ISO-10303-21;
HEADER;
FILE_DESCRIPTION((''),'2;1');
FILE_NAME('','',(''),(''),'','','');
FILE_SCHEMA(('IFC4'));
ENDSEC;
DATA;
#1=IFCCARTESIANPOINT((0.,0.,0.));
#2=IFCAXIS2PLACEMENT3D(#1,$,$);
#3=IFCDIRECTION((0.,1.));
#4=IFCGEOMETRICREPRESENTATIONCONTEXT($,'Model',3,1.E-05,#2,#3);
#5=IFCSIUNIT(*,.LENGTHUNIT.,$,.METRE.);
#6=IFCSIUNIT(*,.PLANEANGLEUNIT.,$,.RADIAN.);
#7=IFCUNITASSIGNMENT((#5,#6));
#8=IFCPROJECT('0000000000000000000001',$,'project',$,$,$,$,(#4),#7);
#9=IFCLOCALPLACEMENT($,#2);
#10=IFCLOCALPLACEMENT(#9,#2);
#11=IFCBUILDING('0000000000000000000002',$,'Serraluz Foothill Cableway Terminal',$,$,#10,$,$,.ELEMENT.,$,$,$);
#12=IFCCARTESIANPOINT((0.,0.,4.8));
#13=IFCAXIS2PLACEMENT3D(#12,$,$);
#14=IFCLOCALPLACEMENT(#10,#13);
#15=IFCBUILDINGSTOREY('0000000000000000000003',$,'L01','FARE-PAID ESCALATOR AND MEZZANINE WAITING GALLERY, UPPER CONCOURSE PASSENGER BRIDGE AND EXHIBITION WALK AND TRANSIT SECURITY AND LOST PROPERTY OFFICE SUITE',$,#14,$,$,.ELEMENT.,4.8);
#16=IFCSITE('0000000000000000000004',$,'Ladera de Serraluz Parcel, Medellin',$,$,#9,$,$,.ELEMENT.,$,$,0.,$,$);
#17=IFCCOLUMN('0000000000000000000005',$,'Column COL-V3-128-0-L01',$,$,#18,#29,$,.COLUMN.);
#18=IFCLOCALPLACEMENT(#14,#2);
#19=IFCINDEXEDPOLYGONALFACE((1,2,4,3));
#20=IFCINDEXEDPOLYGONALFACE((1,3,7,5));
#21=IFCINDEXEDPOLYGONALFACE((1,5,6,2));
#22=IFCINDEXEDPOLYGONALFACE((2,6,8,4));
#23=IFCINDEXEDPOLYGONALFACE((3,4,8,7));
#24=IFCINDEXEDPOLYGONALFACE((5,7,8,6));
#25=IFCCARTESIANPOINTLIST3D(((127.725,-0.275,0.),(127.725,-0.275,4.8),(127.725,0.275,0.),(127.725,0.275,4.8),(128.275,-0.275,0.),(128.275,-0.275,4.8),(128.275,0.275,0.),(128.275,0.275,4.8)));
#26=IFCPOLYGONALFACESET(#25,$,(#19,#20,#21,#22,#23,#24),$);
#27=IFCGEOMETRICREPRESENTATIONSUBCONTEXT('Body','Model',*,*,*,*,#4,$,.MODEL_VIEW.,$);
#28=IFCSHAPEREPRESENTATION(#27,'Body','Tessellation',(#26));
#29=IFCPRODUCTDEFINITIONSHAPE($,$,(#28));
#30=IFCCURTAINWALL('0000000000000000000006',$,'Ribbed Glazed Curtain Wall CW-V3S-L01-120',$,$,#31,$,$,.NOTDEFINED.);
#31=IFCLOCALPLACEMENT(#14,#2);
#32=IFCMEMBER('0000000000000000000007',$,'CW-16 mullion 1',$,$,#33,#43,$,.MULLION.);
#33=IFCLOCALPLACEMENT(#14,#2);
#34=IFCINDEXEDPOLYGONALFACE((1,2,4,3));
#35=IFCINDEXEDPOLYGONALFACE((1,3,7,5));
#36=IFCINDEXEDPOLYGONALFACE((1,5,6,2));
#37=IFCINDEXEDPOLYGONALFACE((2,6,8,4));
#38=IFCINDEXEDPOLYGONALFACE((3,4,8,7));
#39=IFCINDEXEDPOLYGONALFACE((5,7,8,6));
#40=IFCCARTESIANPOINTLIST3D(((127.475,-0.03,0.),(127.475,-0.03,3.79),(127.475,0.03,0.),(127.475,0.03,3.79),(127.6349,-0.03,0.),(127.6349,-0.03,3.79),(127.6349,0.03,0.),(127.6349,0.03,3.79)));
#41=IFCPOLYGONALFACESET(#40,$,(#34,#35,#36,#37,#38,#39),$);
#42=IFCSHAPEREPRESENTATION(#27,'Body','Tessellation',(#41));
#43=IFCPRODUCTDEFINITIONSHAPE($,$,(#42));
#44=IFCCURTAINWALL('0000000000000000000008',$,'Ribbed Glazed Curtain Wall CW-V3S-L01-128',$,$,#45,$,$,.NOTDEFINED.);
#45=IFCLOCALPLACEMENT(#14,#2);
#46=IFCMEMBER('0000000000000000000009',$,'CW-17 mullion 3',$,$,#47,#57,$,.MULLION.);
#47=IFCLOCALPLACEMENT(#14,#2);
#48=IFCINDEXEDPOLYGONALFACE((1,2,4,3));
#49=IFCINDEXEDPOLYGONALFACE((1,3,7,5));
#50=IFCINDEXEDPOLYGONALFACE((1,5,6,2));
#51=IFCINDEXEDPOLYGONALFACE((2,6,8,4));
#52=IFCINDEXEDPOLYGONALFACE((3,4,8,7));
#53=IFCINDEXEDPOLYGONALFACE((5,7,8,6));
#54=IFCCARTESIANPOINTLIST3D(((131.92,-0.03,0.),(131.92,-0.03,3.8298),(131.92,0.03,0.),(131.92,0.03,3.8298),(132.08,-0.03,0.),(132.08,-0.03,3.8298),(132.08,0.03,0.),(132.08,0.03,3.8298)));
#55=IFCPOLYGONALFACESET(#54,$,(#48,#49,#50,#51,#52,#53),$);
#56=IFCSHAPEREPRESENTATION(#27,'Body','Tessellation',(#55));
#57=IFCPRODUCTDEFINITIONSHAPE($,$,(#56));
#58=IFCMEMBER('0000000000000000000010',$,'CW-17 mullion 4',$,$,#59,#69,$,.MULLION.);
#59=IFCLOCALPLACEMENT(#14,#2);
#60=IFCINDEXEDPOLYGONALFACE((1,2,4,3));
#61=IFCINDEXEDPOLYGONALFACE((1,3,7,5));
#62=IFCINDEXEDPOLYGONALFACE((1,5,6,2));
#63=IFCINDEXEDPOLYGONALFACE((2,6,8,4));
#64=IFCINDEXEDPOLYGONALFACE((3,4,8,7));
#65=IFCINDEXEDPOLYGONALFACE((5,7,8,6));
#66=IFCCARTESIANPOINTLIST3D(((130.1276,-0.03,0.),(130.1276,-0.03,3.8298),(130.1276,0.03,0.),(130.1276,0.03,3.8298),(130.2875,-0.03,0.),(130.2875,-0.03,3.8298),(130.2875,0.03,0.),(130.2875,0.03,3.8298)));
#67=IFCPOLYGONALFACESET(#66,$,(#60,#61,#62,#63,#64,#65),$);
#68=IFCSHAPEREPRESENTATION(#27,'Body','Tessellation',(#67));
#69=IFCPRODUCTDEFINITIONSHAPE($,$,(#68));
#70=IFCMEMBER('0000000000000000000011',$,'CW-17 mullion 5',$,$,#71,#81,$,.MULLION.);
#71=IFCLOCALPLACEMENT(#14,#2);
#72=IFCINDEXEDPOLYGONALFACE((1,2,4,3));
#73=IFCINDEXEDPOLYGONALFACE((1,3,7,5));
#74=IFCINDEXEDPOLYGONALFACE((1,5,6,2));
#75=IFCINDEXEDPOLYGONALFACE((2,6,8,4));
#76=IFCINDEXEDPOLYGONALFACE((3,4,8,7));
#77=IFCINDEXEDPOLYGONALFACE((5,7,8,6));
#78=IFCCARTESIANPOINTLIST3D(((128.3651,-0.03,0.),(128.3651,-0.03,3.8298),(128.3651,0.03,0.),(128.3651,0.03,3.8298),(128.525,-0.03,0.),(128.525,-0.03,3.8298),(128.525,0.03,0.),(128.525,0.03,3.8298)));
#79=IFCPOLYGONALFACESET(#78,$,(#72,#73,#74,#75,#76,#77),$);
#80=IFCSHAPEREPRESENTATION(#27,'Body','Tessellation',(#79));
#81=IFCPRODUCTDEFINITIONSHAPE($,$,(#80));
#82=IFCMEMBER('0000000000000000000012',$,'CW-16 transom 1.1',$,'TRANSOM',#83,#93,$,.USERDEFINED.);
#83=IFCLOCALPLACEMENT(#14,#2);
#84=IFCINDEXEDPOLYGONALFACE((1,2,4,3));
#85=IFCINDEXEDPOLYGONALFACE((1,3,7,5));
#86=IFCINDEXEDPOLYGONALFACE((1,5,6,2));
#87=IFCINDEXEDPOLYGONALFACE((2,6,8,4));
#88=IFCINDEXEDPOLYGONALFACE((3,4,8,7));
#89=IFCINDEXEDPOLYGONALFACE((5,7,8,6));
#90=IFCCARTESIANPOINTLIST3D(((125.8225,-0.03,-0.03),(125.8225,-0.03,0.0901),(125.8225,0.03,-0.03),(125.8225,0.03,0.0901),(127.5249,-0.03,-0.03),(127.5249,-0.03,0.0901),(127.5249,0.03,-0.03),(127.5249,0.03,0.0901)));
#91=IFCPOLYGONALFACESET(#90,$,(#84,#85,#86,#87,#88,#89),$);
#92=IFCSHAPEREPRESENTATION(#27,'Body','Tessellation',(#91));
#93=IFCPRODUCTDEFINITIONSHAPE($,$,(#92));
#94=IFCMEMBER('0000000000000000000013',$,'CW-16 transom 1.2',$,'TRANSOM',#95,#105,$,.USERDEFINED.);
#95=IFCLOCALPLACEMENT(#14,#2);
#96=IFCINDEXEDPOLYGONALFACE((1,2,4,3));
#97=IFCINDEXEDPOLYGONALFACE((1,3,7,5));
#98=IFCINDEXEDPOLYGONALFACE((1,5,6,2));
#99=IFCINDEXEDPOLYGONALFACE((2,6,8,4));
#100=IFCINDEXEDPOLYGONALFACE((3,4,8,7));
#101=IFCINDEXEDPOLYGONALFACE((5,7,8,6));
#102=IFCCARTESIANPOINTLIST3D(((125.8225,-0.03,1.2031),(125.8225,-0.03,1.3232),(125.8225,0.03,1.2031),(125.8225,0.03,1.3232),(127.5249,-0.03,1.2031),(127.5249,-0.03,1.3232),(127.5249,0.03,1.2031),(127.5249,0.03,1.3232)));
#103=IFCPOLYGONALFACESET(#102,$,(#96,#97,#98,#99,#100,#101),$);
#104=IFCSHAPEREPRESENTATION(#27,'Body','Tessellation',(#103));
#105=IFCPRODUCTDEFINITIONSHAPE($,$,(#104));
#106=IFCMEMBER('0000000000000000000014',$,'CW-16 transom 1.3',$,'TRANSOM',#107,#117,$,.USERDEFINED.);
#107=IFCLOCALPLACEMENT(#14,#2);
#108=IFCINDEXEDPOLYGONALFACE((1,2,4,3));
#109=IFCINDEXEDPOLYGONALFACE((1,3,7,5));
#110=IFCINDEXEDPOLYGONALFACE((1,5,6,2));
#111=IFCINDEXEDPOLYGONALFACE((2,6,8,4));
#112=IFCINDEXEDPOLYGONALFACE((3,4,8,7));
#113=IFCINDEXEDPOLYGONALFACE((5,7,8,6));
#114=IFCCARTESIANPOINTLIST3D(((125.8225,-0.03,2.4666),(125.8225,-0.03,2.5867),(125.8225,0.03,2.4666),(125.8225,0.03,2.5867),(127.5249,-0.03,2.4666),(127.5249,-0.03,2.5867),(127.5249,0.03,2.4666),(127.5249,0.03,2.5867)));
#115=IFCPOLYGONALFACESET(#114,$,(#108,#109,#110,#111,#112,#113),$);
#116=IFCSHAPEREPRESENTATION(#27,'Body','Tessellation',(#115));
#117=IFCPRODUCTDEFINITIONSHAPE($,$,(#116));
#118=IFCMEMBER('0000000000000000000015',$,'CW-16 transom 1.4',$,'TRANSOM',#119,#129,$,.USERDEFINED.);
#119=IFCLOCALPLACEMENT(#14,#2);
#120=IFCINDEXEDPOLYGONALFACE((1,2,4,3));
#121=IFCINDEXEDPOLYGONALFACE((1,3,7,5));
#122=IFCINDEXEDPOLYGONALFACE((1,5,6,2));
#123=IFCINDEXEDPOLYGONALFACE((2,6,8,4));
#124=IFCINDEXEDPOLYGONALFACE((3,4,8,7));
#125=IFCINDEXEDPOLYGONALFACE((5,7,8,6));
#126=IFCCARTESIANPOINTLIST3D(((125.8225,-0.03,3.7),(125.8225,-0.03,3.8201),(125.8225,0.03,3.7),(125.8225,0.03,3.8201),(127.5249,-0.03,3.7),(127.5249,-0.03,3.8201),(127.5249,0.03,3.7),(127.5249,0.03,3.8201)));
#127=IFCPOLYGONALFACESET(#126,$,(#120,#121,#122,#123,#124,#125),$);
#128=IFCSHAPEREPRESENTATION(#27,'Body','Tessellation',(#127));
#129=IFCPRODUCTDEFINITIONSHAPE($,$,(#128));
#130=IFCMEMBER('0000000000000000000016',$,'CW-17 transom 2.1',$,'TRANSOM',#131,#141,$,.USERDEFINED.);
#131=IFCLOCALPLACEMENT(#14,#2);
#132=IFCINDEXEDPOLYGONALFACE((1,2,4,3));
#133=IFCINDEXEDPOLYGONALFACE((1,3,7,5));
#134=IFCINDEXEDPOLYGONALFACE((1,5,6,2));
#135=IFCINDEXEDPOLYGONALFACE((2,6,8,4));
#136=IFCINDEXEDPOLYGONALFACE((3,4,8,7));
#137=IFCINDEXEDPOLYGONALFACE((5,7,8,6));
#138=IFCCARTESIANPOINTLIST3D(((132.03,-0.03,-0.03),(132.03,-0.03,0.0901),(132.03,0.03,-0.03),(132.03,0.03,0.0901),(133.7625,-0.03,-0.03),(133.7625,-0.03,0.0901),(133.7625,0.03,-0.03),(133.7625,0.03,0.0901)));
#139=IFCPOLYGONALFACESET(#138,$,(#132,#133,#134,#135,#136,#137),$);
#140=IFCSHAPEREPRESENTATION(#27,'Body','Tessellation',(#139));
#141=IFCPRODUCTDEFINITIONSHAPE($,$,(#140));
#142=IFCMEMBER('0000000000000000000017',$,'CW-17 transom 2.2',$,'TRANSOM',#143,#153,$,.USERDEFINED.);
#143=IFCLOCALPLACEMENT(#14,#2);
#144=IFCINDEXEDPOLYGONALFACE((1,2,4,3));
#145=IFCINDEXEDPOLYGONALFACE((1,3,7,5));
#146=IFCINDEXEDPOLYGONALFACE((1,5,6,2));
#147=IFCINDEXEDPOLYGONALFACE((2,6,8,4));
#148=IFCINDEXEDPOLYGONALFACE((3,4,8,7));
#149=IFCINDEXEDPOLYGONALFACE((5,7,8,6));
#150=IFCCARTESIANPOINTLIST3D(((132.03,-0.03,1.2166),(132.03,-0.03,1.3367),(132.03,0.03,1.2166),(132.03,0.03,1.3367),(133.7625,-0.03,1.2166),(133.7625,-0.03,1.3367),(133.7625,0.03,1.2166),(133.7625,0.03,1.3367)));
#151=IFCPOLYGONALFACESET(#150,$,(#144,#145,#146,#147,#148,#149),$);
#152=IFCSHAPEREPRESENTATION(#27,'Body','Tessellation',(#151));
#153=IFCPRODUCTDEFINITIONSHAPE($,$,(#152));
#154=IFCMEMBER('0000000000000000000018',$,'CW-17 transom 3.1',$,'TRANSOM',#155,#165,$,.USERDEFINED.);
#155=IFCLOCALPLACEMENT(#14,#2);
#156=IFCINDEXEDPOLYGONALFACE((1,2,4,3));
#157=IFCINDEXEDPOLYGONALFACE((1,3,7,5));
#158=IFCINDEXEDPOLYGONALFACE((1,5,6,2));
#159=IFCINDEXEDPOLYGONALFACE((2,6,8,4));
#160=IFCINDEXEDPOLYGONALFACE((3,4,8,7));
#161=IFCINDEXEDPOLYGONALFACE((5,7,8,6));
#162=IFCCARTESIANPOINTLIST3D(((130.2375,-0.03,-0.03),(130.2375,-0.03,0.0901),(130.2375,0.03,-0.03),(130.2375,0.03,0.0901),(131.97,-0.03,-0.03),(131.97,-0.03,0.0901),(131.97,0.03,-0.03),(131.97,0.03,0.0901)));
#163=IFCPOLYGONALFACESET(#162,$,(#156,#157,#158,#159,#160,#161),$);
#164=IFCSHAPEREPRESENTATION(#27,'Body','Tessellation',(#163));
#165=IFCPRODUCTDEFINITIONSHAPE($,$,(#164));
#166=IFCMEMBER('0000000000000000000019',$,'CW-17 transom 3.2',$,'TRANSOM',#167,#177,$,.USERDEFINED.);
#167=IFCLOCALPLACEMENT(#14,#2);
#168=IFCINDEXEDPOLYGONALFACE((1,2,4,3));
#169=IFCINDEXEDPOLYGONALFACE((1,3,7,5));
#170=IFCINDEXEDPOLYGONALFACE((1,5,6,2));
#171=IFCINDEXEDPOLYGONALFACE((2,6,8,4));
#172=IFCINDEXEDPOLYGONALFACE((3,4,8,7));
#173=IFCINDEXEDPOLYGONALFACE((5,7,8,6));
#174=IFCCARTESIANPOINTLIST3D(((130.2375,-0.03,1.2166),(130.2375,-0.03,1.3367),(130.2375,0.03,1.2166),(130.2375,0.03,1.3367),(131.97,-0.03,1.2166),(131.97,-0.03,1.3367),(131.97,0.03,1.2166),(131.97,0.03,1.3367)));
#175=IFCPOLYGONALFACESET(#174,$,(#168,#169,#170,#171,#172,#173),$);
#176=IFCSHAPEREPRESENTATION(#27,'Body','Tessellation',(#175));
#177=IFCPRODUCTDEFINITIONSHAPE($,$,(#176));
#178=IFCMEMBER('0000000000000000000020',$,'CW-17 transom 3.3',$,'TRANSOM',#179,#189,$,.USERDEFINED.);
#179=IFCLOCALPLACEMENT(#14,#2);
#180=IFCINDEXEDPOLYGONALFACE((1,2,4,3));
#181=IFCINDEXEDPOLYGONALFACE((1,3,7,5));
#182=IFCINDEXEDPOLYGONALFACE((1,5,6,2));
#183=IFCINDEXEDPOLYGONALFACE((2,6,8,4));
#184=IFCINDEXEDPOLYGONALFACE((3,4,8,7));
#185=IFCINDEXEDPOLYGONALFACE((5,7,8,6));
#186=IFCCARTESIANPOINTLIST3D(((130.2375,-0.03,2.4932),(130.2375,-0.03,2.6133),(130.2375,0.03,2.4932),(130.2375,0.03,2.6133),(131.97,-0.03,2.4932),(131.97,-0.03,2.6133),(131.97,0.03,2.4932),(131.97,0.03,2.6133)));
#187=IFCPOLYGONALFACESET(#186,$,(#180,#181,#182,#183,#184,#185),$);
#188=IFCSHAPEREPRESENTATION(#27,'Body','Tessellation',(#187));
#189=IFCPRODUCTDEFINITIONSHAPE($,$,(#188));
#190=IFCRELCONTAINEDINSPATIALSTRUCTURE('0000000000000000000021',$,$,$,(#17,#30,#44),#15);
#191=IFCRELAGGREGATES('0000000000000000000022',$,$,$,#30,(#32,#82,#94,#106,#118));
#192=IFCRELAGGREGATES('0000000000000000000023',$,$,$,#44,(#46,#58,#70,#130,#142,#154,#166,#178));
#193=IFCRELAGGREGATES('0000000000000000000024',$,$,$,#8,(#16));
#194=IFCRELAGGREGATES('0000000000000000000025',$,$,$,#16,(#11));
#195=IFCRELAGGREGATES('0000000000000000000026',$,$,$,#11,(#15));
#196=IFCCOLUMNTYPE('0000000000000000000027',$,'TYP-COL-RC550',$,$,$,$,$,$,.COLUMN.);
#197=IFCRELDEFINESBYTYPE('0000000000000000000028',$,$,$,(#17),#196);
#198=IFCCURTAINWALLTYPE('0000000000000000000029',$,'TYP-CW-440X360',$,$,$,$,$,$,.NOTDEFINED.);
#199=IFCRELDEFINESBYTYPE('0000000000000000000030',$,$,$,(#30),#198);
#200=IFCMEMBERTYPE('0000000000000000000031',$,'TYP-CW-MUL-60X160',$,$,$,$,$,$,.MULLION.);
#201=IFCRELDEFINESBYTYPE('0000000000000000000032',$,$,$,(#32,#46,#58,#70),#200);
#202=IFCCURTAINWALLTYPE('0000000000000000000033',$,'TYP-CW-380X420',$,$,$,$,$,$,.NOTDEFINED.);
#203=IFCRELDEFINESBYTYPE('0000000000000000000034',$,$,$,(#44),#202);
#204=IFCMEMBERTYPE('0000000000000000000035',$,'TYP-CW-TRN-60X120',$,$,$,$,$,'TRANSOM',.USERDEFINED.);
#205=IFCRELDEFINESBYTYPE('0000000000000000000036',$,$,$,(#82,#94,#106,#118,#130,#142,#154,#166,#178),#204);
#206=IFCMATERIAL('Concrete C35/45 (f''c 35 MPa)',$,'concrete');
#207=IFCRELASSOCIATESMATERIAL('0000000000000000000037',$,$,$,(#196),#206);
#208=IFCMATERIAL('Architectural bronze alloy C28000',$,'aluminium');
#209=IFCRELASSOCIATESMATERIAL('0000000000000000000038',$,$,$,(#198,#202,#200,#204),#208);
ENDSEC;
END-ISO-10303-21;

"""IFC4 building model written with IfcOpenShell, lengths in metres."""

from ifc_helpers import new_model, si_unit, direction, frame, origin, origin_2d, place, context, subcontext, project, spatial, rectangle, extrude, material, material_profile, profile_set, type_object, element, aggregate, save


model = new_model("IFC4")

# Units and contexts
model_context = context("Model", 3, precision=1e-05, world=origin(), true_north=direction((0.0, 1.0)))
body_context = subcontext(model_context, "Body", "Model", "MODEL_VIEW")
ifc_project = project(units=[si_unit("LENGTHUNIT", "METRE"), si_unit("PLANEANGLEUNIT", "RADIAN")], contexts=[model_context])

# Site, building, storey
site_placement = place(None, origin())
site = spatial("IfcSite", under=ifc_project, at=site_placement, Name="Ladera de Serraluz Parcel, Medellin", CompositionType="ELEMENT", RefElevation=0.0)
building_placement = place(site_placement, origin())
building = spatial("IfcBuilding", under=site, at=building_placement, Name="Serraluz Foothill Cableway Terminal", CompositionType="ELEMENT")
storey_placement = place(building_placement, frame((0.0, 0.0, 4.8)))
storey = spatial("IfcBuildingStorey", under=building, at=storey_placement, Name="L01", Description="FARE-PAID ESCALATOR AND MEZZANINE WAITING GALLERY, UPPER CONCOURSE PASSENGER BRIDGE AND EXHIBITION WALK AND TRANSIT SECURITY AND LOST PROPERTY OFFICE SUITE", CompositionType="ELEMENT", Elevation=4.8)

# Column
ifc_material_1 = material(Name="Concrete C35/45 (f'c 35 MPa)", Category="concrete")
ifc_material_profile_1 = material_profile(ifc_material_1, rectangle(XDim=0.55, YDim=0.55, at=origin_2d()), Name="RC 550x550")
ifc_profile_set_1 = profile_set([ifc_material_profile_1], Name="Concrete C35/45 (f'c 35 MPa)")
column_type = type_object("IfcColumnType", Name="TYP-COL-RC550", PredefinedType="COLUMN", material=ifc_profile_set_1)
column_placement = place(storey_placement, frame((128.0, 0.0, 0.0), z_axis=(0.0, 0.0, 1.0), x_axis=(1.0, 0.0, 0.0)))
element("IfcColumn", 1, at=column_placement, inside=storey, type_object=column_type, Name="Column COL-V3-128-0-L01", PredefinedType="COLUMN", context=body_context, shape_type="SweptSolid", body=[
    extrude(rectangle(XDim=0.55, YDim=0.55, at=origin_2d()), origin(), (0.0, 0.0, 1.0), 4.8),
])

# Curtain wall, member
ifc_material_2 = material(Name="Architectural bronze alloy C28000", Category="aluminium")
curtain_wall_type_1 = type_object("IfcCurtainWallType", Name="TYP-CW-440X360", PredefinedType="NOTDEFINED", material=ifc_material_2)
curtain_wall_1_placement = place(storey_placement, origin())
curtain_wall_1 = element("IfcCurtainWall", 2, at=curtain_wall_1_placement, inside=storey, type_object=curtain_wall_type_1, Name="Ribbed Glazed Curtain Wall CW-V3S-L01-120", PredefinedType="NOTDEFINED")
ifc_material_profile_2 = material_profile(ifc_material_2, rectangle(XDim=0.0601, YDim=0.1599, at=origin_2d()), Name="ALU MULLION 60x160")
ifc_profile_set_2 = profile_set([ifc_material_profile_2], Name="Architectural bronze alloy C28000")
member_type_1 = type_object("IfcMemberType", Name="TYP-CW-MUL-60X160", PredefinedType="MULLION", material=ifc_profile_set_2)
member_1_placement = place(storey_placement, frame((127.5549, 0.0, 0.0), z_axis=(0.0, 0.0, 1.0), x_axis=(0.0, -1.0, 0.0)))
member_1 = element("IfcMember", 3, at=member_1_placement, type_object=member_type_1, Name="CW-16 mullion 1", PredefinedType="MULLION", context=body_context, shape_type="SweptSolid", body=[
    extrude(rectangle(XDim=0.0601, YDim=0.1599, at=origin_2d()), origin(), (0.0, 0.0, 1.0), 3.79),
])

# Curtain wall, members
curtain_wall_type_2 = type_object("IfcCurtainWallType", Name="TYP-CW-380X420", PredefinedType="NOTDEFINED", material=ifc_material_2)
curtain_wall_2_placement = place(storey_placement, origin())
curtain_wall_2 = element("IfcCurtainWall", 4, at=curtain_wall_2_placement, inside=storey, type_object=curtain_wall_type_2, Name="Ribbed Glazed Curtain Wall CW-V3S-L01-128", PredefinedType="NOTDEFINED")
member_2_placement = place(storey_placement, frame((132.0, 0.0, 0.0), z_axis=(0.0, 0.0, 1.0), x_axis=(0.0, -1.0, 0.0)))
member_2 = element("IfcMember", 5, at=member_2_placement, type_object=member_type_1, Name="CW-17 mullion 3", PredefinedType="MULLION", context=body_context, shape_type="SweptSolid", body=[
    extrude(rectangle(XDim=0.0601, YDim=0.1599, at=origin_2d()), origin(), (0.0, 0.0, 1.0), 3.8298),
])
member_3_placement = place(storey_placement, frame((130.2075, 0.0, 0.0), z_axis=(0.0, 0.0, 1.0), x_axis=(0.0, -1.0, 0.0)))
member_3 = element("IfcMember", 6, at=member_3_placement, type_object=member_type_1, Name="CW-17 mullion 4", PredefinedType="MULLION", context=body_context, shape_type="SweptSolid", body=[
    extrude(rectangle(XDim=0.0601, YDim=0.1599, at=origin_2d()), origin(), (0.0, 0.0, 1.0), 3.8298),
])
member_4_placement = place(storey_placement, frame((128.4451, 0.0, 0.0), z_axis=(0.0, 0.0, 1.0), x_axis=(0.0, -1.0, 0.0)))
member_4 = element("IfcMember", 7, at=member_4_placement, type_object=member_type_1, Name="CW-17 mullion 5", PredefinedType="MULLION", context=body_context, shape_type="SweptSolid", body=[
    extrude(rectangle(XDim=0.0601, YDim=0.1599, at=origin_2d()), origin(), (0.0, 0.0, 1.0), 3.8298),
])

# Members
ifc_material_profile_3 = material_profile(ifc_material_2, rectangle(XDim=0.0601, YDim=0.1201, at=origin_2d()), Name="ALU TRANSOM 60x120")
ifc_profile_set_3 = profile_set([ifc_material_profile_3], Name="Architectural bronze alloy C28000")
member_type_2 = type_object("IfcMemberType", Name="TYP-CW-TRN-60X120", ElementType="TRANSOM", PredefinedType="USERDEFINED", material=ifc_profile_set_3)
member_5_placement = place(storey_placement, frame((127.5249, 0.0, 0.03), z_axis=(-1.0, 0.0, 0.0), x_axis=(0.0, -1.0, 0.0)))
member_5 = element("IfcMember", 8, at=member_5_placement, type_object=member_type_2, Name="CW-16 transom 1.1", ObjectType="TRANSOM", PredefinedType="USERDEFINED", context=body_context, shape_type="SweptSolid", body=[
    extrude(rectangle(XDim=0.0601, YDim=0.1201, at=origin_2d()), origin(), (0.0, 0.0, 1.0), 1.7024),
])
member_6_placement = place(storey_placement, frame((127.5249, 0.0, 1.2632), z_axis=(-1.0, 0.0, 0.0), x_axis=(0.0, -1.0, 0.0)))
member_6 = element("IfcMember", 9, at=member_6_placement, type_object=member_type_2, Name="CW-16 transom 1.2", ObjectType="TRANSOM", PredefinedType="USERDEFINED", context=body_context, shape_type="SweptSolid", body=[
    extrude(rectangle(XDim=0.0601, YDim=0.1201, at=origin_2d()), origin(), (0.0, 0.0, 1.0), 1.7024),
])
member_7_placement = place(storey_placement, frame((127.5249, 0.0, 2.5266), z_axis=(-1.0, 0.0, 0.0), x_axis=(0.0, -1.0, 0.0)))
member_7 = element("IfcMember", 10, at=member_7_placement, type_object=member_type_2, Name="CW-16 transom 1.3", ObjectType="TRANSOM", PredefinedType="USERDEFINED", context=body_context, shape_type="SweptSolid", body=[
    extrude(rectangle(XDim=0.0601, YDim=0.1201, at=origin_2d()), origin(), (0.0, 0.0, 1.0), 1.7024),
])
member_8_placement = place(storey_placement, frame((127.5249, 0.0, 3.76), z_axis=(-1.0, 0.0, 0.0), x_axis=(0.0, -1.0, 0.0)))
member_8 = element("IfcMember", 11, at=member_8_placement, type_object=member_type_2, Name="CW-16 transom 1.4", ObjectType="TRANSOM", PredefinedType="USERDEFINED", context=body_context, shape_type="SweptSolid", body=[
    extrude(rectangle(XDim=0.0601, YDim=0.1201, at=origin_2d()), origin(), (0.0, 0.0, 1.0), 1.7024),
])
member_9_placement = place(storey_placement, frame((133.7625, 0.0, 0.03), z_axis=(-1.0, 0.0, 0.0), x_axis=(0.0, -1.0, 0.0)))
member_9 = element("IfcMember", 12, at=member_9_placement, type_object=member_type_2, Name="CW-17 transom 2.1", ObjectType="TRANSOM", PredefinedType="USERDEFINED", context=body_context, shape_type="SweptSolid", body=[
    extrude(rectangle(XDim=0.0601, YDim=0.1201, at=origin_2d()), origin(), (0.0, 0.0, 1.0), 1.7324),
])
member_10_placement = place(storey_placement, frame((133.7625, 0.0, 1.2766), z_axis=(-1.0, 0.0, 0.0), x_axis=(0.0, -1.0, 0.0)))
member_10 = element("IfcMember", 13, at=member_10_placement, type_object=member_type_2, Name="CW-17 transom 2.2", ObjectType="TRANSOM", PredefinedType="USERDEFINED", context=body_context, shape_type="SweptSolid", body=[
    extrude(rectangle(XDim=0.0601, YDim=0.1201, at=origin_2d()), origin(), (0.0, 0.0, 1.0), 1.7324),
])
member_11_placement = place(storey_placement, frame((131.97, 0.0, 0.03), z_axis=(-1.0, 0.0, 0.0), x_axis=(0.0, -1.0, 0.0)))
member_11 = element("IfcMember", 14, at=member_11_placement, type_object=member_type_2, Name="CW-17 transom 3.1", ObjectType="TRANSOM", PredefinedType="USERDEFINED", context=body_context, shape_type="SweptSolid", body=[
    extrude(rectangle(XDim=0.0601, YDim=0.1201, at=origin_2d()), origin(), (0.0, 0.0, 1.0), 1.7324),
])
member_12_placement = place(storey_placement, frame((131.97, 0.0, 1.2766), z_axis=(-1.0, 0.0, 0.0), x_axis=(0.0, -1.0, 0.0)))
member_12 = element("IfcMember", 15, at=member_12_placement, type_object=member_type_2, Name="CW-17 transom 3.2", ObjectType="TRANSOM", PredefinedType="USERDEFINED", context=body_context, shape_type="SweptSolid", body=[
    extrude(rectangle(XDim=0.0601, YDim=0.1201, at=origin_2d()), origin(), (0.0, 0.0, 1.0), 1.7324),
])
member_13_placement = place(storey_placement, frame((131.97, 0.0, 2.5532), z_axis=(-1.0, 0.0, 0.0), x_axis=(0.0, -1.0, 0.0)))
member_13 = element("IfcMember", 16, at=member_13_placement, type_object=member_type_2, Name="CW-17 transom 3.3", ObjectType="TRANSOM", PredefinedType="USERDEFINED", context=body_context, shape_type="SweptSolid", body=[
    extrude(rectangle(XDim=0.0601, YDim=0.1201, at=origin_2d()), origin(), (0.0, 0.0, 1.0), 1.7324),
])

aggregate(curtain_wall_1, [member_1, member_5, member_6, member_7, member_8])
aggregate(curtain_wall_2, [member_2, member_3, member_4, member_9, member_10, member_11, member_12, member_13])

save(model, "model.ifc")
